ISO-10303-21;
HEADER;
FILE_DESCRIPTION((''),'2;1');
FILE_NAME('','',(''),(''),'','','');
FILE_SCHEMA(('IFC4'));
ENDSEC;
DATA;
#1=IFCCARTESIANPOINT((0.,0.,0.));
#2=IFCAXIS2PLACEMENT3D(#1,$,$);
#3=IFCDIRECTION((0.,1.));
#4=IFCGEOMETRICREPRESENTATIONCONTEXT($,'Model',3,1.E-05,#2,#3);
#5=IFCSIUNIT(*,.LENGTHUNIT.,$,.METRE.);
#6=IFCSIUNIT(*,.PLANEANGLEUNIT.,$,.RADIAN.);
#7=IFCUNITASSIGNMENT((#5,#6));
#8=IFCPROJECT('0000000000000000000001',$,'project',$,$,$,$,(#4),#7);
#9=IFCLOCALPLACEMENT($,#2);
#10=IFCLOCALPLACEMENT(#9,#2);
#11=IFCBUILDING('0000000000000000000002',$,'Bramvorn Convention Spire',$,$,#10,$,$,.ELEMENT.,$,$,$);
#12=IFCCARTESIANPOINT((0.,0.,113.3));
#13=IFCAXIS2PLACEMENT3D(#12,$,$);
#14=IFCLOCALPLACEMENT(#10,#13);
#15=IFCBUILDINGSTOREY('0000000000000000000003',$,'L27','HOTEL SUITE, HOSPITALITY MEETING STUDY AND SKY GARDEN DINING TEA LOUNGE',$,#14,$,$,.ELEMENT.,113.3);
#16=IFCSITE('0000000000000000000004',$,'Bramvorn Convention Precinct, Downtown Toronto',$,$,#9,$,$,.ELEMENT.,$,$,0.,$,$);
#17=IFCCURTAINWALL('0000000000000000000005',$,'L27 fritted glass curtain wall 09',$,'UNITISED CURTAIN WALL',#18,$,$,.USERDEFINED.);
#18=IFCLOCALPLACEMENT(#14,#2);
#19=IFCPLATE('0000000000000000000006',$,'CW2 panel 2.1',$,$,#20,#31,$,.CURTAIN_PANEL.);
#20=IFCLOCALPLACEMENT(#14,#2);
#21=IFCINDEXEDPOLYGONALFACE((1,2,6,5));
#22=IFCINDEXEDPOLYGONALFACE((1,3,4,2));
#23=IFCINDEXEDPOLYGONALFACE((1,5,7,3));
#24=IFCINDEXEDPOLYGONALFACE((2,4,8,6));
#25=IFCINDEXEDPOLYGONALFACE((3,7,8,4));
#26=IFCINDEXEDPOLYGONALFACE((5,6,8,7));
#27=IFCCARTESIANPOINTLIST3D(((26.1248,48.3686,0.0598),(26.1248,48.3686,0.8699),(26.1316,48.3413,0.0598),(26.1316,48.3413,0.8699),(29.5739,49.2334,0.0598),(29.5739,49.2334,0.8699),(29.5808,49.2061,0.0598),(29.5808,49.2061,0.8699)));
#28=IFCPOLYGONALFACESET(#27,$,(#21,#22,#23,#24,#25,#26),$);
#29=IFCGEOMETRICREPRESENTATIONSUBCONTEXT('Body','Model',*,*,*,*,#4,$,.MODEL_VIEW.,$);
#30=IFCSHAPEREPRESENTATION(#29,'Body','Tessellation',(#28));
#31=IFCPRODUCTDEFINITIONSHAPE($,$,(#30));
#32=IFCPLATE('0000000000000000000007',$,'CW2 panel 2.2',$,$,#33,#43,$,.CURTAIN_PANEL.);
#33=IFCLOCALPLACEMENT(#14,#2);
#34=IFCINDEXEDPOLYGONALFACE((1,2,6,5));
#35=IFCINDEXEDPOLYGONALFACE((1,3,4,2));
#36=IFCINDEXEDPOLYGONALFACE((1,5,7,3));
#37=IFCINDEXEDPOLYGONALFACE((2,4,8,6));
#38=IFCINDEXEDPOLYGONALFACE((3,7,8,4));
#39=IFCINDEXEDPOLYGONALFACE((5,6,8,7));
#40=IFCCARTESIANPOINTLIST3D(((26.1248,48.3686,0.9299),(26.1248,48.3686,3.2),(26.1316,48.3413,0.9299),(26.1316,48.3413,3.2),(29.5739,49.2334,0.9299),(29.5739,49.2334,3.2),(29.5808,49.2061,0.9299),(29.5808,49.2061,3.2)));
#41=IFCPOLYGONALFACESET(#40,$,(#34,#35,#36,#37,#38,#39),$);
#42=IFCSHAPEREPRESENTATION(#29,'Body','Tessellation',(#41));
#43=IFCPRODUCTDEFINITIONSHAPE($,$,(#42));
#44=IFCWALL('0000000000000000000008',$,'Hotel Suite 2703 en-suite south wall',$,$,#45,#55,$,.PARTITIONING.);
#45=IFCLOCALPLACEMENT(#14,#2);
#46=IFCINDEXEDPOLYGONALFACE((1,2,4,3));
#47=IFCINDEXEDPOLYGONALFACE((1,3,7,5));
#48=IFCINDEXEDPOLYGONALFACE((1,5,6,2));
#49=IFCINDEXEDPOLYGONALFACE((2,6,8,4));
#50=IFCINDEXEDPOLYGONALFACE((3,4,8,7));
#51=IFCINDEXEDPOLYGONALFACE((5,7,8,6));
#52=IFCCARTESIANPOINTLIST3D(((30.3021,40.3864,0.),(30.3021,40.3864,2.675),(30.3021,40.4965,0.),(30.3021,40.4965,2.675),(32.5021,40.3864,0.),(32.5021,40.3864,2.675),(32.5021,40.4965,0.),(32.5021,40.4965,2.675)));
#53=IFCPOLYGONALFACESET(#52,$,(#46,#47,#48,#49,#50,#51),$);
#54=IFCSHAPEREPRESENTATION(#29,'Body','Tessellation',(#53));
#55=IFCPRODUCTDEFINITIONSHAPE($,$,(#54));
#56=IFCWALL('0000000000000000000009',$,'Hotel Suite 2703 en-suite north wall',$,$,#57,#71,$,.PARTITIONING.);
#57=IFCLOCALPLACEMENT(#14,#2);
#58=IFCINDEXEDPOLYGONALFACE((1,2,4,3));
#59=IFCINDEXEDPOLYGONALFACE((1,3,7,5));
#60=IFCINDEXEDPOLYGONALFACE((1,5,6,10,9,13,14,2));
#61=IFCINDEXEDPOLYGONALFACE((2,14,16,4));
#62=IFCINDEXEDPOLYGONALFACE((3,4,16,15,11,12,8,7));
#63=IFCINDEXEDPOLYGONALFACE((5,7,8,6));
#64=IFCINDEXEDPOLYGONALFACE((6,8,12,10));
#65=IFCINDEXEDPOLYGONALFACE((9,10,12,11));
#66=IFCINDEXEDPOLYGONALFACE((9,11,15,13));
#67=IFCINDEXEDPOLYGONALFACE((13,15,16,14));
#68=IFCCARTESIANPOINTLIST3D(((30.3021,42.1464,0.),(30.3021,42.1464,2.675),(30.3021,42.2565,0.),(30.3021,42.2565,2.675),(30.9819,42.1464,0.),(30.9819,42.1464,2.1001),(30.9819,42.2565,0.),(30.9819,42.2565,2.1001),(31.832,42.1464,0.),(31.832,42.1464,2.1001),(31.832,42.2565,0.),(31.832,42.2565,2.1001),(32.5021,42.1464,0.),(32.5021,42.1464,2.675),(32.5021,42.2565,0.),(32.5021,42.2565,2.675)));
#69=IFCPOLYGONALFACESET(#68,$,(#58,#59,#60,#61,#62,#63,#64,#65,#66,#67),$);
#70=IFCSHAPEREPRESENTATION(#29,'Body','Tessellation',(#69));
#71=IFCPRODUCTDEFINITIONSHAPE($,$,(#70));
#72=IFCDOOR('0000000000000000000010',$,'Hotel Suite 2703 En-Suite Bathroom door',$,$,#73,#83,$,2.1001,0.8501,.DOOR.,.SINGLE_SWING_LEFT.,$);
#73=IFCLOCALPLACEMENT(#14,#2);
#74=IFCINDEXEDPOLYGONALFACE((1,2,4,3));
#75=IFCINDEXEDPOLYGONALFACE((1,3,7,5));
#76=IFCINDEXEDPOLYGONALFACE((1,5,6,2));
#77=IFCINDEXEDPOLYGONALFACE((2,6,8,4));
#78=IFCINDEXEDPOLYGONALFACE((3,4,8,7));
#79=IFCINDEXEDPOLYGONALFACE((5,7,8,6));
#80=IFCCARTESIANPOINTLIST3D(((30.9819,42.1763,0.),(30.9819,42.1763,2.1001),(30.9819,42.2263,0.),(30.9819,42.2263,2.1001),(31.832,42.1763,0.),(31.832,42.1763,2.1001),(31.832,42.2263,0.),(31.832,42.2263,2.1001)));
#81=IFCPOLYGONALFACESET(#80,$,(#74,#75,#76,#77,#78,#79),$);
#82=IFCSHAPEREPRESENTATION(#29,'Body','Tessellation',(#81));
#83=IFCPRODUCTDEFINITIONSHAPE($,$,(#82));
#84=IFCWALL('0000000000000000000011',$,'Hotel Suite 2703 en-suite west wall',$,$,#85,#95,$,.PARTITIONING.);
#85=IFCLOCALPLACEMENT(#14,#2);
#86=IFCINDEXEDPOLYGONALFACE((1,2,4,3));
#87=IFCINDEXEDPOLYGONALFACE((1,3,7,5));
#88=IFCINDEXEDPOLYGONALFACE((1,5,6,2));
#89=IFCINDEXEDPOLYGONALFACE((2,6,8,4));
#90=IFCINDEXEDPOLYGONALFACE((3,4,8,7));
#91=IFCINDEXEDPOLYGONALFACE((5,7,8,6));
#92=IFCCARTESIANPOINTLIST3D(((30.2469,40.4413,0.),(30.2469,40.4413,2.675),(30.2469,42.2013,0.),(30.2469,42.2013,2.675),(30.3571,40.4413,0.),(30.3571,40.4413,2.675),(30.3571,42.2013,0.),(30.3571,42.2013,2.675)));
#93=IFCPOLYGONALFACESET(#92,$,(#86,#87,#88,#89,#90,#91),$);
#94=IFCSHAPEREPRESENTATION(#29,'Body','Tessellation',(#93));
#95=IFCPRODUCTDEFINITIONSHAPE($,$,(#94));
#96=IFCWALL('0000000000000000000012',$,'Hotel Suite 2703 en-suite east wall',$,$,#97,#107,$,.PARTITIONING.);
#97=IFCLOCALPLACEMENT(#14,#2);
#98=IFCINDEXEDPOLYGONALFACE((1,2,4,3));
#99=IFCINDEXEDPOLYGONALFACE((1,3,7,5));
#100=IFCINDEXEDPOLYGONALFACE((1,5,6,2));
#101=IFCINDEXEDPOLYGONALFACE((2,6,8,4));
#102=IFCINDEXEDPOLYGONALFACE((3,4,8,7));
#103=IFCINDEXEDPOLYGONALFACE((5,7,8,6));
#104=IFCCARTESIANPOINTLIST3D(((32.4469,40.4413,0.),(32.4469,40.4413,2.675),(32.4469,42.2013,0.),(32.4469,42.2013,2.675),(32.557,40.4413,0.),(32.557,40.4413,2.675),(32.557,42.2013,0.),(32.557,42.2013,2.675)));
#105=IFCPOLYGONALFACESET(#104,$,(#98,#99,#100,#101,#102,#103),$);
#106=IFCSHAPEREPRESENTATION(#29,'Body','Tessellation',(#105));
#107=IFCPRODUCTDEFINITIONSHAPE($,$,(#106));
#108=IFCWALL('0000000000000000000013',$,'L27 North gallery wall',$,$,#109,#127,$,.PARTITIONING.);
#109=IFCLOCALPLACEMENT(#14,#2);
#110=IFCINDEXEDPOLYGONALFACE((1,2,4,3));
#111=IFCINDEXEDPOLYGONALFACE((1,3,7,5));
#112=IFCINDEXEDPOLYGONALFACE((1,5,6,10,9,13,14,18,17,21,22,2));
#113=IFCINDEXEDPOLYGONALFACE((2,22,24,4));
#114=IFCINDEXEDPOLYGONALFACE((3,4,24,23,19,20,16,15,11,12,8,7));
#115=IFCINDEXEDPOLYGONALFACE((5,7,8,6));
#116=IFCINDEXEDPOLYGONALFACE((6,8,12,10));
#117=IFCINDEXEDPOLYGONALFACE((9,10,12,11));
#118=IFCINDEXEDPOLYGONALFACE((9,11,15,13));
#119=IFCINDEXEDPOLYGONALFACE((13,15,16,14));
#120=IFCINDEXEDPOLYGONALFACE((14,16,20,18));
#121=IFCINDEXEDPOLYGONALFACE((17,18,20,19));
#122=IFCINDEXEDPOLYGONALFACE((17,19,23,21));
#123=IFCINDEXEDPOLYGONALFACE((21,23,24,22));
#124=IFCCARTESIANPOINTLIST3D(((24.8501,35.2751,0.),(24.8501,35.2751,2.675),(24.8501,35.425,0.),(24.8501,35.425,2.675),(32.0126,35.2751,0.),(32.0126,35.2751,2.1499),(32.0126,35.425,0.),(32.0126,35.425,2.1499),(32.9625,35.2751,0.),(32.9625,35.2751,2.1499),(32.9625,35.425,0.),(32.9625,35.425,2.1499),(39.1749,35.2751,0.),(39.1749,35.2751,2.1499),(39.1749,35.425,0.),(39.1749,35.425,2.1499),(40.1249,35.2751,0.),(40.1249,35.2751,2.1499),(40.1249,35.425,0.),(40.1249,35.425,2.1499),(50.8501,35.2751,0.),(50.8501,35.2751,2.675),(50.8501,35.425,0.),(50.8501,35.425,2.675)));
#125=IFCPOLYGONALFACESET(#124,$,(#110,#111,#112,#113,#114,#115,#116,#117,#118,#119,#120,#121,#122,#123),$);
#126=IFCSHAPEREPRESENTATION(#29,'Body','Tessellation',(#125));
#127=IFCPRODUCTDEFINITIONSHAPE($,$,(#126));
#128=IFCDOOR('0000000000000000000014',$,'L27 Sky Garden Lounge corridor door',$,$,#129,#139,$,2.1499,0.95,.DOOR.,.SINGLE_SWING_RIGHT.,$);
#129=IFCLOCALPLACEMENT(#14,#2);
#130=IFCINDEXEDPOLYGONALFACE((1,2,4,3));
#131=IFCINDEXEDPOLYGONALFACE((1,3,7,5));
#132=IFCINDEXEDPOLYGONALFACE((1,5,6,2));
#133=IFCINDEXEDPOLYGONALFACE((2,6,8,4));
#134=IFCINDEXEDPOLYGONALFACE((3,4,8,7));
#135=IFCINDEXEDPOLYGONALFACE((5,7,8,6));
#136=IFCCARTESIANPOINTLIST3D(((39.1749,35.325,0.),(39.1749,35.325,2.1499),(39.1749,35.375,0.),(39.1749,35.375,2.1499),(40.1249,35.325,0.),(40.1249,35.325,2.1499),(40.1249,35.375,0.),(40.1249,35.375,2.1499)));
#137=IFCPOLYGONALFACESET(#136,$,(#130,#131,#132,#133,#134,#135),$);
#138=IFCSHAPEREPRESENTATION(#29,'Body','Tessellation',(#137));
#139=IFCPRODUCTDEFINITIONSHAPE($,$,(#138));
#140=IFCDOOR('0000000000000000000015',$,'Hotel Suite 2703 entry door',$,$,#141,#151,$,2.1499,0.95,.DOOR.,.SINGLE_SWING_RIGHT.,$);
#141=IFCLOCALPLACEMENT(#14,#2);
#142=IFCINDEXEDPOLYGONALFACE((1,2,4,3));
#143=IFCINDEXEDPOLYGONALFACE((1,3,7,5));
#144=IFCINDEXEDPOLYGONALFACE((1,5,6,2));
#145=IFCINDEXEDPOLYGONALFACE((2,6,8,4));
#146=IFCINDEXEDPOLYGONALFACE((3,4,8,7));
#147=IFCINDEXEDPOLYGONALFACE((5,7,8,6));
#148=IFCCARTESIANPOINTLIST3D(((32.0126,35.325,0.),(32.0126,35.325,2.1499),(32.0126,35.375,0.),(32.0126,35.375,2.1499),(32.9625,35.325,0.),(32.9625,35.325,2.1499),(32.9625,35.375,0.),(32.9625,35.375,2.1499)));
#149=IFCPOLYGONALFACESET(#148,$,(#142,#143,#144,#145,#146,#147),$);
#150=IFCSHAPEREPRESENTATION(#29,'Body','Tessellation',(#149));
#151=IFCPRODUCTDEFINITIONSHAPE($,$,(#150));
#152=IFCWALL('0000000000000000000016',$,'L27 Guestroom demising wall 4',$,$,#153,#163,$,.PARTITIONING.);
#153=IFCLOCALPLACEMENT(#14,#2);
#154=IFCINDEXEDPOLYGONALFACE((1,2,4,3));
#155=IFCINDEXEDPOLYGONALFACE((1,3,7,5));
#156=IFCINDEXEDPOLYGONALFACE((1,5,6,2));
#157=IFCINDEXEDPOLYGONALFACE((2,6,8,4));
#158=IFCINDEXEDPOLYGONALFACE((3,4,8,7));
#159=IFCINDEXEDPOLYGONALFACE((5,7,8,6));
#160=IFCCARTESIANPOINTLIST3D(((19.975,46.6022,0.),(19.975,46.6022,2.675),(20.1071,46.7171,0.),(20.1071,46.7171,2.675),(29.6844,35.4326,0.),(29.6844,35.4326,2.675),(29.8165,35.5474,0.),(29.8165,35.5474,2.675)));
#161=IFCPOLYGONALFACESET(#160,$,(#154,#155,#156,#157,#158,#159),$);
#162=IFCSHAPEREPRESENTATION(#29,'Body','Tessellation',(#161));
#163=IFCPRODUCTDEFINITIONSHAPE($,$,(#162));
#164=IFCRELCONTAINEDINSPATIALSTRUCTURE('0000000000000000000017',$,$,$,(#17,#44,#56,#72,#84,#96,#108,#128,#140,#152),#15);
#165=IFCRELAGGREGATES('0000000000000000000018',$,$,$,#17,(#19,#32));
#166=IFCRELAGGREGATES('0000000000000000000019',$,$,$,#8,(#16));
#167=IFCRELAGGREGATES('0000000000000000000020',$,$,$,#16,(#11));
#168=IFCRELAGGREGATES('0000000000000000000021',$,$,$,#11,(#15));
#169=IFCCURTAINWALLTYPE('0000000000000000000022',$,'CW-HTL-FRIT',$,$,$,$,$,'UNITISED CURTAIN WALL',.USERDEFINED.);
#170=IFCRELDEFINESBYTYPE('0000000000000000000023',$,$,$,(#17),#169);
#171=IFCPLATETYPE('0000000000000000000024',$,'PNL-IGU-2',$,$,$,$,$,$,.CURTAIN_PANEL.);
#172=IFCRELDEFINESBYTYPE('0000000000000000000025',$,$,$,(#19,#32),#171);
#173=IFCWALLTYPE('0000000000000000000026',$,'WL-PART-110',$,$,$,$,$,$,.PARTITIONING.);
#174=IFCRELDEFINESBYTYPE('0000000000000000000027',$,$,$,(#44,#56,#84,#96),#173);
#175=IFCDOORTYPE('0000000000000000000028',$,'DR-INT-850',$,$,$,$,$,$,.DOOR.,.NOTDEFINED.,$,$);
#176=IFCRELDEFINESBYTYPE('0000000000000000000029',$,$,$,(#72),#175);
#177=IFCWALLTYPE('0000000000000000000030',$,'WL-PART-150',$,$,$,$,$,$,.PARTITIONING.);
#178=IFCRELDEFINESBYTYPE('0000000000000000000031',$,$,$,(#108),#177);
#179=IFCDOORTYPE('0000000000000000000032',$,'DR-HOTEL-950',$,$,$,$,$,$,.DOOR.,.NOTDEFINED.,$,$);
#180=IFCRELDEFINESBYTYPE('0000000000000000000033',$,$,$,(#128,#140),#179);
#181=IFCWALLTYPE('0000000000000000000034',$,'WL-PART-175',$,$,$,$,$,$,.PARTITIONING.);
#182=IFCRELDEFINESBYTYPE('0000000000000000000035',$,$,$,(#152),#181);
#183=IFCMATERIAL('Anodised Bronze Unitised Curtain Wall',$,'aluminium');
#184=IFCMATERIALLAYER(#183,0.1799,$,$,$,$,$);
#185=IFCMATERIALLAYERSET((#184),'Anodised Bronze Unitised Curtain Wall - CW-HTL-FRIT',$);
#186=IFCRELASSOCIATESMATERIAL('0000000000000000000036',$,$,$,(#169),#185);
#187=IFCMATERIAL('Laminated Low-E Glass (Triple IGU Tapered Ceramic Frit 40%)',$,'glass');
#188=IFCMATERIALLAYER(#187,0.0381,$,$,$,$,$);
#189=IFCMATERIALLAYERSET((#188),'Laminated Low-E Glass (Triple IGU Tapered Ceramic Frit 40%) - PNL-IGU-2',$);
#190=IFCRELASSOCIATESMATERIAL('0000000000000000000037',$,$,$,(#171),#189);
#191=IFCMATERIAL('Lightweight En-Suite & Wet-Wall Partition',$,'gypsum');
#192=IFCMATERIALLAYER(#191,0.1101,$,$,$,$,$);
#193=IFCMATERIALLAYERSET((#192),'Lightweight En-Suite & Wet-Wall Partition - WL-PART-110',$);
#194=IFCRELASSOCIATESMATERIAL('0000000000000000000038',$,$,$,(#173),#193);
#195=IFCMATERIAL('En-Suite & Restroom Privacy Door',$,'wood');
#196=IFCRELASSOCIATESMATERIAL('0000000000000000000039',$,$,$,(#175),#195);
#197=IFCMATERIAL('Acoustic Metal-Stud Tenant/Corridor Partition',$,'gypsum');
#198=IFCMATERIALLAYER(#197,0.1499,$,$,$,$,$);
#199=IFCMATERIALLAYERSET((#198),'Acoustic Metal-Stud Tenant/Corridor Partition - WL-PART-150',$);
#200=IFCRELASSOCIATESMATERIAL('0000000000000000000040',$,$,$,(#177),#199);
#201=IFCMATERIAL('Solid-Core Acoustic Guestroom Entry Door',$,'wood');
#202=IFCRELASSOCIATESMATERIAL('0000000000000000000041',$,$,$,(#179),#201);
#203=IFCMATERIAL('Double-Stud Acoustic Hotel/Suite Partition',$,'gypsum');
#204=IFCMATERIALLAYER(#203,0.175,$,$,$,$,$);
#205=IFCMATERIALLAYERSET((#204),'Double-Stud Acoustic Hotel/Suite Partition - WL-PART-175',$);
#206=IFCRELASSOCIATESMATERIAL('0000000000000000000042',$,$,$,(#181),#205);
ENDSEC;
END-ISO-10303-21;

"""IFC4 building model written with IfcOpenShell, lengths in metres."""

from ifc_helpers import new_model, si_unit, direction, frame, frame_2d, origin, origin_2d, place, context, subcontext, project, spatial, rectangle, extrude, material, layer, layer_set, type_object, element, fill, aggregate, save


model = new_model("IFC4")

# Units and contexts
model_context = context("Model", 3, precision=1e-05, world=origin(), true_north=direction((0.0, 1.0)))
body_context = subcontext(model_context, "Body", "Model", "MODEL_VIEW")
ifc_project = project(units=[si_unit("LENGTHUNIT", "METRE"), si_unit("PLANEANGLEUNIT", "RADIAN")], contexts=[model_context])

# Site, building, storey
site_placement = place(None, origin())
site = spatial("IfcSite", under=ifc_project, at=site_placement, Name="Bramvorn Convention Precinct, Downtown Toronto", CompositionType="ELEMENT", RefElevation=0.0)
building_placement = place(site_placement, origin())
building = spatial("IfcBuilding", under=site, at=building_placement, Name="Bramvorn Convention Spire", CompositionType="ELEMENT")
storey_placement = place(building_placement, frame((0.0, 0.0, 113.3)))
storey = spatial("IfcBuildingStorey", under=building, at=storey_placement, Name="L27", Description="HOTEL SUITE, HOSPITALITY MEETING STUDY AND SKY GARDEN DINING TEA LOUNGE", CompositionType="ELEMENT", Elevation=113.3)

# Shared definitions
ifc_material_1 = material(Name="Anodised Bronze Unitised Curtain Wall", Category="aluminium")
ifc_layer_1 = layer(ifc_material_1, 0.1799)
ifc_layer_set_1 = layer_set([ifc_layer_1], Name="Anodised Bronze Unitised Curtain Wall - CW-HTL-FRIT")
curtain_wall_type = type_object("IfcCurtainWallType", Name="CW-HTL-FRIT", ElementType="UNITISED CURTAIN WALL", PredefinedType="USERDEFINED", material=ifc_layer_set_1)

# Curtain wall
curtain_wall_1_placement = place(storey_placement, origin())
curtain_wall_1 = element("IfcCurtainWall", 1, at=curtain_wall_1_placement, inside=storey, type_object=curtain_wall_type, Name="L27 fritted glass curtain wall 09", ObjectType="UNITISED CURTAIN WALL", PredefinedType="USERDEFINED")

# Plates
ifc_material_2 = material(Name="Laminated Low-E Glass (Triple IGU Tapered Ceramic Frit 40%)", Category="glass")
ifc_layer_2 = layer(ifc_material_2, 0.0381)
ifc_layer_set_2 = layer_set([ifc_layer_2], Name="Laminated Low-E Glass (Triple IGU Tapered Ceramic Frit 40%) - PNL-IGU-2")
plate_type = type_object("IfcPlateType", Name="PNL-IGU-2", PredefinedType="CURTAIN_PANEL", material=ifc_layer_set_2)
plate_1_placement = place(storey_placement, frame((27.8528, 48.7874, 0.0598), z_axis=(0.0, 0.0, 1.0), x_axis=(0.969975, 0.243204, 0.0)))
plate_1 = element("IfcPlate", 2, at=plate_1_placement, type_object=plate_type, Name="CW2 panel 2.1", PredefinedType="CURTAIN_PANEL", context=body_context, shape_type="SweptSolid", body=[
    extrude(rectangle(XDim=3.5559, YDim=0.0281, at=origin_2d()), origin(), (0.0, 0.0, 1.0), 0.8101),
])
plate_2_placement = place(storey_placement, frame((27.8528, 48.7874, 0.9299), z_axis=(0.0, 0.0, 1.0), x_axis=(0.969975, 0.243204, 0.0)))
plate_2 = element("IfcPlate", 3, at=plate_2_placement, type_object=plate_type, Name="CW2 panel 2.2", PredefinedType="CURTAIN_PANEL", context=body_context, shape_type="SweptSolid", body=[
    extrude(rectangle(XDim=3.5559, YDim=0.0281, at=origin_2d()), origin(), (0.0, 0.0, 1.0), 2.27),
])
aggregate(curtain_wall_1, [plate_1, plate_2])

# Wall
ifc_material_3 = material(Name="Lightweight En-Suite & Wet-Wall Partition", Category="gypsum")
ifc_layer_3 = layer(ifc_material_3, 0.1101)
ifc_layer_set_3 = layer_set([ifc_layer_3], Name="Lightweight En-Suite & Wet-Wall Partition - WL-PART-110")
wall_type_1 = type_object("IfcWallType", Name="WL-PART-110", PredefinedType="PARTITIONING", material=ifc_layer_set_3)
wall_1_placement = place(storey_placement, frame((30.302, 40.4414, 0.0), z_axis=(0.0, 0.0, 1.0), x_axis=(1.0, 0.0, 0.0)))
element("IfcWall", 4, at=wall_1_placement, inside=storey, type_object=wall_type_1, Name="Hotel Suite 2703 en-suite south wall", PredefinedType="PARTITIONING", context=body_context, shape_type="SweptSolid", body=[
    extrude(rectangle(XDim=2.2, YDim=0.1101, at=frame_2d((1.1001, 0.0))), origin(), (0.0, 0.0, 1.0), 2.675),
])

# Wall, opening, door
wall_2_placement = place(storey_placement, frame((30.302, 42.2014, 0.0), z_axis=(0.0, 0.0, 1.0), x_axis=(1.0, 0.0, 0.0)))
wall_2 = element("IfcWall", 5, at=wall_2_placement, inside=storey, type_object=wall_type_1, Name="Hotel Suite 2703 en-suite north wall", PredefinedType="PARTITIONING", context=body_context, shape_type="SweptSolid", body=[
    extrude(rectangle(XDim=2.2, YDim=0.1101, at=frame_2d((1.1001, 0.0))), origin(), (0.0, 0.0, 1.0), 2.675),
])
opening_1_placement = place(wall_2_placement, frame((0.6799, 0.0, 0.0)))
opening_1 = element("IfcOpeningElement", 6, at=opening_1_placement, cuts=wall_2, PredefinedType="OPENING", context=body_context, shape_type="SweptSolid", body=[
    extrude(rectangle(XDim=0.8501, YDim=2.1001, at=frame_2d((0.425, 1.05))), frame((0.0, 0.0649, 0.0), z_axis=(0.0, -1.0, 0.0), x_axis=(1.0, 0.0, 0.0)), (0.0, 0.0, 1.0), 0.1301),
])
ifc_material_4 = material(Name="En-Suite & Restroom Privacy Door", Category="wood")
door_type_1 = type_object("IfcDoorType", Name="DR-INT-850", OperationType="NOTDEFINED", PredefinedType="DOOR", material=ifc_material_4)
door_1_placement = place(opening_1_placement, origin())
door_1 = element("IfcDoor", 7, at=door_1_placement, inside=storey, type_object=door_type_1, Name="Hotel Suite 2703 En-Suite Bathroom door", OperationType="SINGLE_SWING_LEFT", OverallHeight=2.1001, OverallWidth=0.8501, PredefinedType="DOOR", context=body_context, shape_type="SweptSolid", body=[
    extrude(rectangle(XDim=0.8501, YDim=2.1001, at=frame_2d((0.425, 1.05))), frame((0.0, 0.0249, 0.0), z_axis=(0.0, -1.0, 0.0), x_axis=(1.0, 0.0, 0.0)), (0.0, 0.0, 1.0), 0.05),
])
fill(opening_1, door_1)

# Walls
for number, where, z_axis, x_axis, name in (
    (8, (30.302, 40.4414, 0.0), (0.0, 0.0, 1.0), (0.0, 1.0, 0.0), "Hotel Suite 2703 en-suite west wall"),
    (9, (32.502, 40.4414, 0.0), (0.0, 0.0, 1.0), (0.0, 1.0, 0.0), "Hotel Suite 2703 en-suite east wall"),
):
    element("IfcWall", number, at=place(storey_placement, frame(where, z_axis=z_axis, x_axis=x_axis)), inside=storey, type_object=wall_type_1, Name=name, PredefinedType="PARTITIONING", context=body_context, shape_type="SweptSolid", body=[
        extrude(rectangle(XDim=1.76, YDim=0.1101, at=frame_2d((0.8799, 0.0))), origin(), (0.0, 0.0, 1.0), 2.675),
    ])

# Wall, openings, doors
ifc_material_5 = material(Name="Acoustic Metal-Stud Tenant/Corridor Partition", Category="gypsum")
ifc_layer_4 = layer(ifc_material_5, 0.1499)
ifc_layer_set_4 = layer_set([ifc_layer_4], Name="Acoustic Metal-Stud Tenant/Corridor Partition - WL-PART-150")
wall_type_2 = type_object("IfcWallType", Name="WL-PART-150", PredefinedType="PARTITIONING", material=ifc_layer_set_4)
wall_3_placement = place(storey_placement, frame((24.8501, 35.3501, 0.0), z_axis=(0.0, 0.0, 1.0), x_axis=(1.0, 0.0, 0.0)))
wall_3 = element("IfcWall", 10, at=wall_3_placement, inside=storey, type_object=wall_type_2, Name="L27 North gallery wall", PredefinedType="PARTITIONING", context=body_context, shape_type="SweptSolid", body=[
    extrude(rectangle(XDim=26.0, YDim=0.1499, at=frame_2d((13.0, 0.0))), origin(), (0.0, 0.0, 1.0), 2.675),
])
opening_2_placement = place(wall_3_placement, frame((14.3247, 0.0, 0.0)))
opening_2 = element("IfcOpeningElement", 11, at=opening_2_placement, cuts=wall_3, PredefinedType="OPENING", context=body_context, shape_type="SweptSolid", body=[
    extrude(rectangle(XDim=0.95, YDim=2.1499, at=frame_2d((0.4751, 1.075))), frame((0.0, 0.085, 0.0), z_axis=(0.0, -1.0, 0.0), x_axis=(1.0, 0.0, 0.0)), (0.0, 0.0, 1.0), 0.1699),
])
opening_3_placement = place(wall_3_placement, frame((7.1624, 0.0, 0.0)))
opening_3 = element("IfcOpeningElement", 12, at=opening_3_placement, cuts=wall_3, PredefinedType="OPENING", context=body_context, shape_type="SweptSolid", body=[
    extrude(rectangle(XDim=0.95, YDim=2.1499, at=frame_2d((0.4751, 1.075))), frame((0.0, 0.085, 0.0), z_axis=(0.0, -1.0, 0.0), x_axis=(1.0, 0.0, 0.0)), (0.0, 0.0, 1.0), 0.1699),
])
ifc_material_6 = material(Name="Solid-Core Acoustic Guestroom Entry Door", Category="wood")
door_type_2 = type_object("IfcDoorType", Name="DR-HOTEL-950", OperationType="NOTDEFINED", PredefinedType="DOOR", material=ifc_material_6)
door_2_placement = place(opening_2_placement, origin())
door_2 = element("IfcDoor", 13, at=door_2_placement, inside=storey, type_object=door_type_2, Name="L27 Sky Garden Lounge corridor door", OperationType="SINGLE_SWING_RIGHT", OverallHeight=2.1499, OverallWidth=0.95, PredefinedType="DOOR", context=body_context, shape_type="SweptSolid", body=[
    extrude(rectangle(XDim=0.95, YDim=2.1499, at=frame_2d((0.4751, 1.075))), frame((0.0, 0.0249, 0.0), z_axis=(0.0, -1.0, 0.0), x_axis=(1.0, 0.0, 0.0)), (0.0, 0.0, 1.0), 0.05),
])
fill(opening_2, door_2)
door_3_placement = place(opening_3_placement, origin())
door_3 = element("IfcDoor", 14, at=door_3_placement, inside=storey, type_object=door_type_2, Name="Hotel Suite 2703 entry door", OperationType="SINGLE_SWING_RIGHT", OverallHeight=2.1499, OverallWidth=0.95, PredefinedType="DOOR", context=body_context, shape_type="SweptSolid", body=[
    extrude(rectangle(XDim=0.95, YDim=2.1499, at=frame_2d((0.4751, 1.075))), frame((0.0, 0.0249, 0.0), z_axis=(0.0, -1.0, 0.0), x_axis=(1.0, 0.0, 0.0)), (0.0, 0.0, 1.0), 0.05),
])
fill(opening_3, door_3)

# Wall
ifc_material_7 = material(Name="Double-Stud Acoustic Hotel/Suite Partition", Category="gypsum")
ifc_layer_5 = layer(ifc_material_7, 0.175)
ifc_layer_set_5 = layer_set([ifc_layer_5], Name="Double-Stud Acoustic Hotel/Suite Partition - WL-PART-175")
wall_type_3 = type_object("IfcWallType", Name="WL-PART-175", PredefinedType="PARTITIONING", material=ifc_layer_set_5)
wall_4_placement = place(storey_placement, frame((29.7505, 35.49, 0.0), z_axis=(0.0, 0.0, 1.0), x_axis=(-0.656052, 0.754716, 0.0)))
element("IfcWall", 15, at=wall_4_placement, inside=storey, type_object=wall_type_3, Name="L27 Guestroom demising wall 4", PredefinedType="PARTITIONING", context=body_context, shape_type="SweptSolid", body=[
    extrude(rectangle(XDim=14.7998, YDim=0.175, at=frame_2d((7.3999, 0.0))), origin(), (0.0, 0.0, 1.0), 2.675),
])

save(model, "model.ifc")
